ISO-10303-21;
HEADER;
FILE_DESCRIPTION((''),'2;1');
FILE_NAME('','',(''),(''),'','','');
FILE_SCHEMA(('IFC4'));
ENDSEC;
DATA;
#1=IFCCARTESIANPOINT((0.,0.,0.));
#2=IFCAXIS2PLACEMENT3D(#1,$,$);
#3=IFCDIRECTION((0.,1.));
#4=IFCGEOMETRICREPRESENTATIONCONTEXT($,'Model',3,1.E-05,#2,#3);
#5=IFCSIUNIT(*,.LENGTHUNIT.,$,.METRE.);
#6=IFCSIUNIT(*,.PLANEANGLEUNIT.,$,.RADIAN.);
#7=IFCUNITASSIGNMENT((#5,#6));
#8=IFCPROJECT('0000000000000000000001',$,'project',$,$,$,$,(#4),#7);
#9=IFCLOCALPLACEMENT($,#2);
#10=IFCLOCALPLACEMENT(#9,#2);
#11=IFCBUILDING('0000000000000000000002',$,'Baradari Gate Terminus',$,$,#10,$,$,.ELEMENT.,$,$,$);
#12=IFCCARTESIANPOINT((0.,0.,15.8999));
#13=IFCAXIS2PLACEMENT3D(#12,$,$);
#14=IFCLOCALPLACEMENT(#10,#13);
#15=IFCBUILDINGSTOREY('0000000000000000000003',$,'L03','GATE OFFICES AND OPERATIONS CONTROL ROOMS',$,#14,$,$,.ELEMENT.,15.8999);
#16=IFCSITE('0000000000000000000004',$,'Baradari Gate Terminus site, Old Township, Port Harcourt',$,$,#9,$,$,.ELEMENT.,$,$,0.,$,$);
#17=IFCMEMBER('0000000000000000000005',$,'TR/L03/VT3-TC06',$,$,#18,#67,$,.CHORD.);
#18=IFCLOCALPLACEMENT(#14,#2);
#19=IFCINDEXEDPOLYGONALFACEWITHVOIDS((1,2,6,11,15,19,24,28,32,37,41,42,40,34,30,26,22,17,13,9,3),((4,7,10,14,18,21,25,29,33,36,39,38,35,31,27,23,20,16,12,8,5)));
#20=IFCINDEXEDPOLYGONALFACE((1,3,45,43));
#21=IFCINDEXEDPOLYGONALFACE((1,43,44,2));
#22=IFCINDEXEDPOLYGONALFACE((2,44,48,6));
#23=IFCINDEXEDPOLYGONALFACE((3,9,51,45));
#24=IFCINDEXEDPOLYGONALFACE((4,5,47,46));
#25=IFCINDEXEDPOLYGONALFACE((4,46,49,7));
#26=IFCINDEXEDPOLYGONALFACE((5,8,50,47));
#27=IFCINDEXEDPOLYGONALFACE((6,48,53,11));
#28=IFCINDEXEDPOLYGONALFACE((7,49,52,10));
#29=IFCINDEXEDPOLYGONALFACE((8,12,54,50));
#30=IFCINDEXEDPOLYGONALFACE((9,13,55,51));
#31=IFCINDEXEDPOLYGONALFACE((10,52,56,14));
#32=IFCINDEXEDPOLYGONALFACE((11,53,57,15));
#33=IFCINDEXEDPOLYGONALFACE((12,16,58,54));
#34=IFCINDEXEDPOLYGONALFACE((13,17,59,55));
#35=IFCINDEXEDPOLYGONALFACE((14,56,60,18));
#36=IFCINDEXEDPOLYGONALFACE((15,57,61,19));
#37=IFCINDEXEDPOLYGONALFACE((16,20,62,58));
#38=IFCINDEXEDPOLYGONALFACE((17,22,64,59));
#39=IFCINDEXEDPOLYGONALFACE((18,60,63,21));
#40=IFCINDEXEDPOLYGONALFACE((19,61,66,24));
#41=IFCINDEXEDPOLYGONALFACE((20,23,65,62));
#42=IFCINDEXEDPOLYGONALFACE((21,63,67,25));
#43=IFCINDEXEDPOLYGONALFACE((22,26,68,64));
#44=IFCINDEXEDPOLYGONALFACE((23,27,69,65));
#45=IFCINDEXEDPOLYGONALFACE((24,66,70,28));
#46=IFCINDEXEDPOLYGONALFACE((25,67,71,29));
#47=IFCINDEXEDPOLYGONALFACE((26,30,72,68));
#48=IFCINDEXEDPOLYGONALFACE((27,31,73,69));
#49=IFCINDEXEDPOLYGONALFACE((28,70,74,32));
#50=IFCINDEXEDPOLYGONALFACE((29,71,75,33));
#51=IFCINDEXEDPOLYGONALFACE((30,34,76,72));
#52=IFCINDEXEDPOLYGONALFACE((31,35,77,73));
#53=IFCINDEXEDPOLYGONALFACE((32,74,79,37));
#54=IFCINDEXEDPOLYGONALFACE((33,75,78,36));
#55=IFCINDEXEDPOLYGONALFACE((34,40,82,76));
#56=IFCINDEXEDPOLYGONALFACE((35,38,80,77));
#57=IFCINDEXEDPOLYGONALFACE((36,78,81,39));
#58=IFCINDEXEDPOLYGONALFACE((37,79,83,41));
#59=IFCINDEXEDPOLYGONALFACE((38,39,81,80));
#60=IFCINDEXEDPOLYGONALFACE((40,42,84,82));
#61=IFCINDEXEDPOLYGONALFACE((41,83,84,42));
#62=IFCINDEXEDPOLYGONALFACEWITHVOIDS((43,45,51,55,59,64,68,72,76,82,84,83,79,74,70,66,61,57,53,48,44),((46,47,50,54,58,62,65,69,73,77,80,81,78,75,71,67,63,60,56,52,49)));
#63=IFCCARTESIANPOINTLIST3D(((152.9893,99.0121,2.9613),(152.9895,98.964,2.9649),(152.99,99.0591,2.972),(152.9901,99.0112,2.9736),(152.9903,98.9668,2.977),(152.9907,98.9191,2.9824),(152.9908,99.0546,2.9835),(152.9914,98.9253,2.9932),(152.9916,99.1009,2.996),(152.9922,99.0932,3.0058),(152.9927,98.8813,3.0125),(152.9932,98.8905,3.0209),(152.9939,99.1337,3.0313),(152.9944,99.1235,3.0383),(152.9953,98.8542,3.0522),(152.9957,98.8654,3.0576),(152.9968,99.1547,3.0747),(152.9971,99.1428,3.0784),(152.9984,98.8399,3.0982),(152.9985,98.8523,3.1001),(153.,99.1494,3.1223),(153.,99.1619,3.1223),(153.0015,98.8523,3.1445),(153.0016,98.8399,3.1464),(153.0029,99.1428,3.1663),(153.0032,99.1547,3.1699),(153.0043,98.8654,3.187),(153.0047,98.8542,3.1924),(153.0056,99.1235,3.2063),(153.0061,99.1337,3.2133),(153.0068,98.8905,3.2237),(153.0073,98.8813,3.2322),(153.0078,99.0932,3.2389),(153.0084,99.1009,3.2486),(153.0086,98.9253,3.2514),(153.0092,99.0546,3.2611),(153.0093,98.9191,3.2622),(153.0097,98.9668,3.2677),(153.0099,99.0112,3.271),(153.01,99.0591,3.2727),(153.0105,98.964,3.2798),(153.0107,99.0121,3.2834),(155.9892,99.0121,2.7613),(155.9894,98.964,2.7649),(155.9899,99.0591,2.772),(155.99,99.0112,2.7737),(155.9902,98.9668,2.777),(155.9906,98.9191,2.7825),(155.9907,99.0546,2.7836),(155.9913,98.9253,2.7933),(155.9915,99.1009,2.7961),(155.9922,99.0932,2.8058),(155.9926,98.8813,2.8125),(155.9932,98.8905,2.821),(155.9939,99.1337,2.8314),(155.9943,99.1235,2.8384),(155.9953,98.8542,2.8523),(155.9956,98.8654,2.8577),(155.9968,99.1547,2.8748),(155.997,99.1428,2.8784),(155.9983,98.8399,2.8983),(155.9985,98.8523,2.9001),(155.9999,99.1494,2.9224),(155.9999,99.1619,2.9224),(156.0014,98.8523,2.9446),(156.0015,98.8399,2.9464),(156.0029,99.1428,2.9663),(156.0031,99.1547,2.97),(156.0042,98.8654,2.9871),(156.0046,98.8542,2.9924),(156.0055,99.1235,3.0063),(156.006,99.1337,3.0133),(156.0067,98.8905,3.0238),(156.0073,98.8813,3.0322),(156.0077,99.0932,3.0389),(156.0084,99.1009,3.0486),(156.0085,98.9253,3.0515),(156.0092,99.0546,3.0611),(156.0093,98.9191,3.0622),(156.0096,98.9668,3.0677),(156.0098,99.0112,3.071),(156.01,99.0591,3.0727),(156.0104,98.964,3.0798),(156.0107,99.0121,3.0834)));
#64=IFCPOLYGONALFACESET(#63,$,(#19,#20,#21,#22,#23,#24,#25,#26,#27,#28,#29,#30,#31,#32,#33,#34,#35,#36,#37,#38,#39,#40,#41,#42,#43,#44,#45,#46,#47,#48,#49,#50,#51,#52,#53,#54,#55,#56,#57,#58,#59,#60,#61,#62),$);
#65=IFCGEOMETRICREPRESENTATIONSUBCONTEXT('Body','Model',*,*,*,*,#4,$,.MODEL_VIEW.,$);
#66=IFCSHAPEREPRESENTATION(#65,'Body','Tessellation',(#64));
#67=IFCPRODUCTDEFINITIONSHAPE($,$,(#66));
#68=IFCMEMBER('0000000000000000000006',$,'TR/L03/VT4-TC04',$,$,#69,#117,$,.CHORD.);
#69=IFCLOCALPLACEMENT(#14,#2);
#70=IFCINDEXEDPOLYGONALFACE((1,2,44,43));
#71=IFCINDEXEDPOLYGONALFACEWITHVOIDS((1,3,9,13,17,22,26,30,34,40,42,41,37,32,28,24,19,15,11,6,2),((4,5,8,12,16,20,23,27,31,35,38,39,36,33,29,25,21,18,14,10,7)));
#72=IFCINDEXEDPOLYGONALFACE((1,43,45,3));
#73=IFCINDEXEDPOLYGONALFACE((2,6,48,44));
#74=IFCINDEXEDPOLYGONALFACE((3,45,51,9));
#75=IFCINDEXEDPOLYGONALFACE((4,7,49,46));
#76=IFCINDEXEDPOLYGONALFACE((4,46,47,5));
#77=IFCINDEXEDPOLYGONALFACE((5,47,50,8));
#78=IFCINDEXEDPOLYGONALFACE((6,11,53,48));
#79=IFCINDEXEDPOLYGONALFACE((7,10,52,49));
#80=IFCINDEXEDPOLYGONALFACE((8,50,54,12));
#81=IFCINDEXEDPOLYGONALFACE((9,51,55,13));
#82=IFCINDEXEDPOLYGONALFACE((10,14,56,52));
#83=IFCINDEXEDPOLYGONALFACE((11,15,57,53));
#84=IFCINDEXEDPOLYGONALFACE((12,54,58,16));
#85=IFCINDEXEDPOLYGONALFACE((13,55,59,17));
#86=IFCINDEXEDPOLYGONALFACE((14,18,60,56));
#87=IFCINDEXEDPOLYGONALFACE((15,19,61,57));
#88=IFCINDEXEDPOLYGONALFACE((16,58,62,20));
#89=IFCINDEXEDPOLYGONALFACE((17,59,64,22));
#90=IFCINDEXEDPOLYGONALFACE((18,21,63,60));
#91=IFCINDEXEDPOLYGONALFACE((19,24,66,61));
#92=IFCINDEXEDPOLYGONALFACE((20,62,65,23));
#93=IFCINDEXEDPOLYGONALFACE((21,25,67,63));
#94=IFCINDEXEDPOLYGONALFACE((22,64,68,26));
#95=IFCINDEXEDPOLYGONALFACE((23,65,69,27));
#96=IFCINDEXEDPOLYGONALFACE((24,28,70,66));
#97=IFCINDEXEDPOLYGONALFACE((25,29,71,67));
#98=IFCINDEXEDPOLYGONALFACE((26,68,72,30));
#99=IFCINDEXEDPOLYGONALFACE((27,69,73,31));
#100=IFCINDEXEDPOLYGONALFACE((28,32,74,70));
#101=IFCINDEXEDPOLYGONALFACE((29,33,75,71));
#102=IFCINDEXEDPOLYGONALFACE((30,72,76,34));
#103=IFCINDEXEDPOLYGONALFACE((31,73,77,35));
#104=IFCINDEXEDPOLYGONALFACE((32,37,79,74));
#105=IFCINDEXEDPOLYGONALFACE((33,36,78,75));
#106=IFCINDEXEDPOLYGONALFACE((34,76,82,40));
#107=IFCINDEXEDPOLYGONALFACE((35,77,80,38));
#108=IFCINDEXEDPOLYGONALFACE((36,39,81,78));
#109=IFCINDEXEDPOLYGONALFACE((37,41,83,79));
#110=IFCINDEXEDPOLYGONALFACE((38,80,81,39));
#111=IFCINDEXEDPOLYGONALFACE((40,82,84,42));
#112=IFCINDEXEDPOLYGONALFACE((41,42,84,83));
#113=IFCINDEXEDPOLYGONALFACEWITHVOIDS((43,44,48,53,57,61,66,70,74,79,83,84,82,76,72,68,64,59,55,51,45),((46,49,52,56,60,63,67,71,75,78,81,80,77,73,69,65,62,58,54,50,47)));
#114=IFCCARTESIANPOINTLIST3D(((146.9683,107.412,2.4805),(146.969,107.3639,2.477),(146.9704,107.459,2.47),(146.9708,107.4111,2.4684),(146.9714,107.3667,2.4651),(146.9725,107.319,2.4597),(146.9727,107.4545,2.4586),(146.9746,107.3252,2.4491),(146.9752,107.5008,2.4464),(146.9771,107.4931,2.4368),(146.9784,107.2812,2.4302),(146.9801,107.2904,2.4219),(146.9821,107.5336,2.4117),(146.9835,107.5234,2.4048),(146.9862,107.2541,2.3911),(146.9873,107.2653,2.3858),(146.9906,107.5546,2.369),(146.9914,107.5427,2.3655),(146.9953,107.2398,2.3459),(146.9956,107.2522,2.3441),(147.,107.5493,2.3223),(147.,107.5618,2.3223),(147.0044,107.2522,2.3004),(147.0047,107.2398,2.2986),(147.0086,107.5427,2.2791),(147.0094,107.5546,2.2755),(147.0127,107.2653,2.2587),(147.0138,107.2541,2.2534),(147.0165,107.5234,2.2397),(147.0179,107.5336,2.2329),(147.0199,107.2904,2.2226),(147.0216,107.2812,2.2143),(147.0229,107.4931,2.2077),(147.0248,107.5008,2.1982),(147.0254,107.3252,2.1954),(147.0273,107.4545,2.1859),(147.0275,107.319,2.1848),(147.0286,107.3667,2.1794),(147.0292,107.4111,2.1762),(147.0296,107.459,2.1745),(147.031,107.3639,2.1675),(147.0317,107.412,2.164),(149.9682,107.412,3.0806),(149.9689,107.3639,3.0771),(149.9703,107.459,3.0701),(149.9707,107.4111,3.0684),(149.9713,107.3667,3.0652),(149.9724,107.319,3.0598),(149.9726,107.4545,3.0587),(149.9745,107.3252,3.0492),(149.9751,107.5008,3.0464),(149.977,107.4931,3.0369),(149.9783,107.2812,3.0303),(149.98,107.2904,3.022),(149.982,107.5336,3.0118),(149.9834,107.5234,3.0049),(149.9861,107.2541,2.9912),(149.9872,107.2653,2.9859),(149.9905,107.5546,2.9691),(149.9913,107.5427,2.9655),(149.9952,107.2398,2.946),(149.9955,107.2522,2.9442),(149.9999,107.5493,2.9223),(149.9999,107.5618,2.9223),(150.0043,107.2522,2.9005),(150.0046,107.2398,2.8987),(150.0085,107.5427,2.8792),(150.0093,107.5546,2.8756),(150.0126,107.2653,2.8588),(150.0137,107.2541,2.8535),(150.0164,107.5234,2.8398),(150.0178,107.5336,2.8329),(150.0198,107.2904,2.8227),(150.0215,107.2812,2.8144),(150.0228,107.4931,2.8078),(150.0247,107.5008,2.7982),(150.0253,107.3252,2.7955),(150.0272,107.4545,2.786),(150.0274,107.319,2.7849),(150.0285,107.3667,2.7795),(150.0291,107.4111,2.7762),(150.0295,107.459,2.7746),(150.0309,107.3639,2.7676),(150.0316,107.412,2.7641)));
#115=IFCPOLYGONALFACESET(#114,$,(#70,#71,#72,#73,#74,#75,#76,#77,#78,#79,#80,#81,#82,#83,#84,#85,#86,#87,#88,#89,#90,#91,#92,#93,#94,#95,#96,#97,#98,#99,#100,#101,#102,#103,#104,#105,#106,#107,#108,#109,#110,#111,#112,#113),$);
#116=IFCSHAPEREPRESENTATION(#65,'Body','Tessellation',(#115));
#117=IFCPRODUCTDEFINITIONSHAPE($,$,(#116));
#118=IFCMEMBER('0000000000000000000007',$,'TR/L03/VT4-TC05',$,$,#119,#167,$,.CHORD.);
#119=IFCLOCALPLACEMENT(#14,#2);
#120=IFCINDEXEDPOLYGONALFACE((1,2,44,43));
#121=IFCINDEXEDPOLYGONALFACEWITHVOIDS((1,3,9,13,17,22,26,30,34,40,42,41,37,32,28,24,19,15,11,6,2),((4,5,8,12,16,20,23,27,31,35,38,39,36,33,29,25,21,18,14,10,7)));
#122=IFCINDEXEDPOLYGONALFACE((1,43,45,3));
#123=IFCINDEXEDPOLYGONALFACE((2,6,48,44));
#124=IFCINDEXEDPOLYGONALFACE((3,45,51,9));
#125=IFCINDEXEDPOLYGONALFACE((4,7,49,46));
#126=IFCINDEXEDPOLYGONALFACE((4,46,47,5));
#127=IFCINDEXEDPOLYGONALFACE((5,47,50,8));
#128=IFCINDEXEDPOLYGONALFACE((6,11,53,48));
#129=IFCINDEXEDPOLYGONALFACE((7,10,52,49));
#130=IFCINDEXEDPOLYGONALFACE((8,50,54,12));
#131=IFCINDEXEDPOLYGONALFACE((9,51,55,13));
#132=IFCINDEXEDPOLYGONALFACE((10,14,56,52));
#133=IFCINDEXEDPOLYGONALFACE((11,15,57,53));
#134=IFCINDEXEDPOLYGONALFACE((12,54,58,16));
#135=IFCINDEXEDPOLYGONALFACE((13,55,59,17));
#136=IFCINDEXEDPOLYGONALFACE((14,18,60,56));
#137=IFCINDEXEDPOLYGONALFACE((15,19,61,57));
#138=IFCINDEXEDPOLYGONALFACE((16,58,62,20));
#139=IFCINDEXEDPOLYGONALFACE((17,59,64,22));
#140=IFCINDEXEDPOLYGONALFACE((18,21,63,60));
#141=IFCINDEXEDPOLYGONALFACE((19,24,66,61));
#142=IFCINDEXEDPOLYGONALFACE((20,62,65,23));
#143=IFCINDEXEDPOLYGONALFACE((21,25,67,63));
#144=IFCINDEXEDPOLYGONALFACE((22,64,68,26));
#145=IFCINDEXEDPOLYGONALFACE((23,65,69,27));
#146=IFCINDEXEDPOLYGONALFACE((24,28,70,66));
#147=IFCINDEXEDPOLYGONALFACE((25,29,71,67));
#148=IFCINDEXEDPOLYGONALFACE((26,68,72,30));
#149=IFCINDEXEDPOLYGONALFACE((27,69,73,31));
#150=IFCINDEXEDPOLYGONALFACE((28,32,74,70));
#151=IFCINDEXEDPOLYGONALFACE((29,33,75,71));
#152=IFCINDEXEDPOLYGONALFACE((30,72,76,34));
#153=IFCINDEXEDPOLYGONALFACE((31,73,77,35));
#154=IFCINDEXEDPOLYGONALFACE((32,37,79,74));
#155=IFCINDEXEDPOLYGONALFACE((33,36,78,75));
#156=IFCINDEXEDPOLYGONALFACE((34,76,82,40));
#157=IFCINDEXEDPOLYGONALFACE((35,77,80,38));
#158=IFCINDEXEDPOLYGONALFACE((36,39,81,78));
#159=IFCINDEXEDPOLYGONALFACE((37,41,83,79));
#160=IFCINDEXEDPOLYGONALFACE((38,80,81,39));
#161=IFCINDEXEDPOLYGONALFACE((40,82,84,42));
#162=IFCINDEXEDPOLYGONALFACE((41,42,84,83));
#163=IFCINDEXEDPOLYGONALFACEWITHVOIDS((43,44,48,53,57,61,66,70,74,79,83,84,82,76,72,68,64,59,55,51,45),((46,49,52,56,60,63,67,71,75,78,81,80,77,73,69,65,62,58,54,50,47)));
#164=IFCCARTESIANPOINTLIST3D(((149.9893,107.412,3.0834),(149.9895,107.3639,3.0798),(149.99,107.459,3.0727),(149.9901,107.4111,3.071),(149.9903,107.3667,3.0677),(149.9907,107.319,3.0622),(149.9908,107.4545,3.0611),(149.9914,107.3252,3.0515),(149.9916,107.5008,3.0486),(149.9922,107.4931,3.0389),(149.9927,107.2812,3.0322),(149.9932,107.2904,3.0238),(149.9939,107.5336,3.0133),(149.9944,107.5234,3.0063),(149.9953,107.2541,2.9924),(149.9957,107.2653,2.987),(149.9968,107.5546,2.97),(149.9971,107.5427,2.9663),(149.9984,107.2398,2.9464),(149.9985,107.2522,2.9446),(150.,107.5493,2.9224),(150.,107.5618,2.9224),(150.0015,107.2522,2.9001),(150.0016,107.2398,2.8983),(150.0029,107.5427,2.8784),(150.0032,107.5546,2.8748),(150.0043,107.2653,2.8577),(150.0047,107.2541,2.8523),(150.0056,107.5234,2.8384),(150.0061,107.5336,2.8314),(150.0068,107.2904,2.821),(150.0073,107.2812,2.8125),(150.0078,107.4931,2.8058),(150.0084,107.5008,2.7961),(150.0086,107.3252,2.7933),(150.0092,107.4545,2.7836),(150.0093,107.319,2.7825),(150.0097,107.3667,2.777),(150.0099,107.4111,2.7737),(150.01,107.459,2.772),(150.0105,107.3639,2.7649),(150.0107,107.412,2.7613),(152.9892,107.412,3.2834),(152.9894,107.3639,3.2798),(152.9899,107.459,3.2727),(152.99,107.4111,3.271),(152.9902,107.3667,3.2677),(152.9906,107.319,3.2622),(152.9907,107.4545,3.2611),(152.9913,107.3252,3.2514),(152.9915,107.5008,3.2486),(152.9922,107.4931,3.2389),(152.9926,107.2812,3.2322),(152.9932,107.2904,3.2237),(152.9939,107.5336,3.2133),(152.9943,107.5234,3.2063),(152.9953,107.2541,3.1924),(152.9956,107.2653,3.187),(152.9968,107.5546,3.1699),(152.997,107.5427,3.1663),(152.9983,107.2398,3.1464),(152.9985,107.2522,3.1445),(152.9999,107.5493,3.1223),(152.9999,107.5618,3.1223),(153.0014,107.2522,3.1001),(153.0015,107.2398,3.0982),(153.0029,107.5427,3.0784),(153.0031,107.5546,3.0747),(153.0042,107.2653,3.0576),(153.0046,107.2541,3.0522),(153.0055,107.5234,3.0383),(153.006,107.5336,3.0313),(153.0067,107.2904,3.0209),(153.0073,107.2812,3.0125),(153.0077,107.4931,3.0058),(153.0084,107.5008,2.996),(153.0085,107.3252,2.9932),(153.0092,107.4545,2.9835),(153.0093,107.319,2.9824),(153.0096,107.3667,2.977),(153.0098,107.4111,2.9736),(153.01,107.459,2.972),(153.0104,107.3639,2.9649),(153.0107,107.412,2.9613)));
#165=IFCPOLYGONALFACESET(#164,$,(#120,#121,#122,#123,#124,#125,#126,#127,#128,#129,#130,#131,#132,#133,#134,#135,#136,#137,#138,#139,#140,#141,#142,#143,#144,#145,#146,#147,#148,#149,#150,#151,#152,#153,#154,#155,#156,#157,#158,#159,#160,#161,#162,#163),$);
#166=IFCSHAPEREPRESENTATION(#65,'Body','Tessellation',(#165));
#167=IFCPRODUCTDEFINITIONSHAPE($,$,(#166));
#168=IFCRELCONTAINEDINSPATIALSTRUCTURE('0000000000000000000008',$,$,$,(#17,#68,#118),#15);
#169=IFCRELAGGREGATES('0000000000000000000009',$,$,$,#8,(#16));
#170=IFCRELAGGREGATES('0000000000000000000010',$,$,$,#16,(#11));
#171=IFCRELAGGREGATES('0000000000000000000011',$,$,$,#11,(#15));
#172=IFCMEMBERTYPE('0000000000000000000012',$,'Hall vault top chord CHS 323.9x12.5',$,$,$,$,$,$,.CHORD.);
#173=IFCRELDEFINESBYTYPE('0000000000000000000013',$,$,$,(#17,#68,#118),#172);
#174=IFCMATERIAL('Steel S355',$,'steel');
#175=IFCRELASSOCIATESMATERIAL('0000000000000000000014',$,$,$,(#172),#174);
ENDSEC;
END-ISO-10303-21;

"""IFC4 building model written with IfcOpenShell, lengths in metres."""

from ifc_helpers import new_model, si_unit, direction, frame, origin, origin_2d, place, context, subcontext, project, spatial, hollow_circle, extrude, material, material_profile, profile_set, type_object, element, save


model = new_model("IFC4")

# Units and contexts
model_context = context("Model", 3, precision=1e-05, world=origin(), true_north=direction((0.0, 1.0)))
body_context = subcontext(model_context, "Body", "Model", "MODEL_VIEW")
ifc_project = project(units=[si_unit("LENGTHUNIT", "METRE"), si_unit("PLANEANGLEUNIT", "RADIAN")], contexts=[model_context])

# Site, building, storey
site_placement = place(None, origin())
site = spatial("IfcSite", under=ifc_project, at=site_placement, Name="Baradari Gate Terminus site, Old Township, Port Harcourt", CompositionType="ELEMENT", RefElevation=0.0)
building_placement = place(site_placement, origin())
building = spatial("IfcBuilding", under=site, at=building_placement, Name="Baradari Gate Terminus", CompositionType="ELEMENT")
storey_placement = place(building_placement, frame((0.0, 0.0, 15.8999)))
storey = spatial("IfcBuildingStorey", under=building, at=storey_placement, Name="L03", Description="GATE OFFICES AND OPERATIONS CONTROL ROOMS", CompositionType="ELEMENT", Elevation=15.8999)

# Members
ifc_material_1 = material(Name="Steel S355", Category="steel")
ifc_material_profile_1 = material_profile(ifc_material_1, hollow_circle(Radius=0.1619, WallThickness=0.0125, at=origin_2d()), Name="CHS 323.9x12.5")
ifc_profile_set_1 = profile_set([ifc_material_profile_1], Name="Steel S355")
member_type_1 = type_object("IfcMemberType", Name="Hall vault top chord CHS 323.9x12.5", PredefinedType="CHORD", material=ifc_profile_set_1)
for number, where, z_axis, x_axis, name in (
    (1, (153.0, 99.0, 3.1223), (0.997786, 0.0, -0.066503), (0.0, 1.0, 0.0), "TR/L03/VT3-TC06"),
):
    element("IfcMember", number, at=place(storey_placement, frame(where, z_axis=z_axis, x_axis=x_axis)), inside=storey, type_object=member_type_1, Name=name, PredefinedType="CHORD", context=body_context, shape_type="SweptSolid", body=[
        extrude(hollow_circle(Radius=0.1619, WallThickness=0.0125, at=origin_2d()), origin(), (0.0, 0.0, 1.0), 3.0066),
    ])
member_1_placement = place(storey_placement, frame((147.0, 107.3999, 2.3223), z_axis=(0.980575, 0.0, 0.196147), x_axis=(0.0, 1.0, 0.0)))
element("IfcMember", 2, at=member_1_placement, inside=storey, type_object=member_type_1, Name="TR/L03/VT4-TC04", PredefinedType="CHORD", context=body_context, shape_type="SweptSolid", body=[
    extrude(hollow_circle(Radius=0.1619, WallThickness=0.0125, at=origin_2d()), origin(), (0.0, 0.0, 1.0), 3.0593),
])
for number, where, z_axis, x_axis, name in (
    (3, (150.0, 107.3999, 2.9224), (0.997786, 0.0, 0.066503), (0.0, 1.0, 0.0), "TR/L03/VT4-TC05"),
):
    element("IfcMember", number, at=place(storey_placement, frame(where, z_axis=z_axis, x_axis=x_axis)), inside=storey, type_object=member_type_1, Name=name, PredefinedType="CHORD", context=body_context, shape_type="SweptSolid", body=[
        extrude(hollow_circle(Radius=0.1619, WallThickness=0.0125, at=origin_2d()), origin(), (0.0, 0.0, 1.0), 3.0066),
    ])

save(model, "model.ifc")
